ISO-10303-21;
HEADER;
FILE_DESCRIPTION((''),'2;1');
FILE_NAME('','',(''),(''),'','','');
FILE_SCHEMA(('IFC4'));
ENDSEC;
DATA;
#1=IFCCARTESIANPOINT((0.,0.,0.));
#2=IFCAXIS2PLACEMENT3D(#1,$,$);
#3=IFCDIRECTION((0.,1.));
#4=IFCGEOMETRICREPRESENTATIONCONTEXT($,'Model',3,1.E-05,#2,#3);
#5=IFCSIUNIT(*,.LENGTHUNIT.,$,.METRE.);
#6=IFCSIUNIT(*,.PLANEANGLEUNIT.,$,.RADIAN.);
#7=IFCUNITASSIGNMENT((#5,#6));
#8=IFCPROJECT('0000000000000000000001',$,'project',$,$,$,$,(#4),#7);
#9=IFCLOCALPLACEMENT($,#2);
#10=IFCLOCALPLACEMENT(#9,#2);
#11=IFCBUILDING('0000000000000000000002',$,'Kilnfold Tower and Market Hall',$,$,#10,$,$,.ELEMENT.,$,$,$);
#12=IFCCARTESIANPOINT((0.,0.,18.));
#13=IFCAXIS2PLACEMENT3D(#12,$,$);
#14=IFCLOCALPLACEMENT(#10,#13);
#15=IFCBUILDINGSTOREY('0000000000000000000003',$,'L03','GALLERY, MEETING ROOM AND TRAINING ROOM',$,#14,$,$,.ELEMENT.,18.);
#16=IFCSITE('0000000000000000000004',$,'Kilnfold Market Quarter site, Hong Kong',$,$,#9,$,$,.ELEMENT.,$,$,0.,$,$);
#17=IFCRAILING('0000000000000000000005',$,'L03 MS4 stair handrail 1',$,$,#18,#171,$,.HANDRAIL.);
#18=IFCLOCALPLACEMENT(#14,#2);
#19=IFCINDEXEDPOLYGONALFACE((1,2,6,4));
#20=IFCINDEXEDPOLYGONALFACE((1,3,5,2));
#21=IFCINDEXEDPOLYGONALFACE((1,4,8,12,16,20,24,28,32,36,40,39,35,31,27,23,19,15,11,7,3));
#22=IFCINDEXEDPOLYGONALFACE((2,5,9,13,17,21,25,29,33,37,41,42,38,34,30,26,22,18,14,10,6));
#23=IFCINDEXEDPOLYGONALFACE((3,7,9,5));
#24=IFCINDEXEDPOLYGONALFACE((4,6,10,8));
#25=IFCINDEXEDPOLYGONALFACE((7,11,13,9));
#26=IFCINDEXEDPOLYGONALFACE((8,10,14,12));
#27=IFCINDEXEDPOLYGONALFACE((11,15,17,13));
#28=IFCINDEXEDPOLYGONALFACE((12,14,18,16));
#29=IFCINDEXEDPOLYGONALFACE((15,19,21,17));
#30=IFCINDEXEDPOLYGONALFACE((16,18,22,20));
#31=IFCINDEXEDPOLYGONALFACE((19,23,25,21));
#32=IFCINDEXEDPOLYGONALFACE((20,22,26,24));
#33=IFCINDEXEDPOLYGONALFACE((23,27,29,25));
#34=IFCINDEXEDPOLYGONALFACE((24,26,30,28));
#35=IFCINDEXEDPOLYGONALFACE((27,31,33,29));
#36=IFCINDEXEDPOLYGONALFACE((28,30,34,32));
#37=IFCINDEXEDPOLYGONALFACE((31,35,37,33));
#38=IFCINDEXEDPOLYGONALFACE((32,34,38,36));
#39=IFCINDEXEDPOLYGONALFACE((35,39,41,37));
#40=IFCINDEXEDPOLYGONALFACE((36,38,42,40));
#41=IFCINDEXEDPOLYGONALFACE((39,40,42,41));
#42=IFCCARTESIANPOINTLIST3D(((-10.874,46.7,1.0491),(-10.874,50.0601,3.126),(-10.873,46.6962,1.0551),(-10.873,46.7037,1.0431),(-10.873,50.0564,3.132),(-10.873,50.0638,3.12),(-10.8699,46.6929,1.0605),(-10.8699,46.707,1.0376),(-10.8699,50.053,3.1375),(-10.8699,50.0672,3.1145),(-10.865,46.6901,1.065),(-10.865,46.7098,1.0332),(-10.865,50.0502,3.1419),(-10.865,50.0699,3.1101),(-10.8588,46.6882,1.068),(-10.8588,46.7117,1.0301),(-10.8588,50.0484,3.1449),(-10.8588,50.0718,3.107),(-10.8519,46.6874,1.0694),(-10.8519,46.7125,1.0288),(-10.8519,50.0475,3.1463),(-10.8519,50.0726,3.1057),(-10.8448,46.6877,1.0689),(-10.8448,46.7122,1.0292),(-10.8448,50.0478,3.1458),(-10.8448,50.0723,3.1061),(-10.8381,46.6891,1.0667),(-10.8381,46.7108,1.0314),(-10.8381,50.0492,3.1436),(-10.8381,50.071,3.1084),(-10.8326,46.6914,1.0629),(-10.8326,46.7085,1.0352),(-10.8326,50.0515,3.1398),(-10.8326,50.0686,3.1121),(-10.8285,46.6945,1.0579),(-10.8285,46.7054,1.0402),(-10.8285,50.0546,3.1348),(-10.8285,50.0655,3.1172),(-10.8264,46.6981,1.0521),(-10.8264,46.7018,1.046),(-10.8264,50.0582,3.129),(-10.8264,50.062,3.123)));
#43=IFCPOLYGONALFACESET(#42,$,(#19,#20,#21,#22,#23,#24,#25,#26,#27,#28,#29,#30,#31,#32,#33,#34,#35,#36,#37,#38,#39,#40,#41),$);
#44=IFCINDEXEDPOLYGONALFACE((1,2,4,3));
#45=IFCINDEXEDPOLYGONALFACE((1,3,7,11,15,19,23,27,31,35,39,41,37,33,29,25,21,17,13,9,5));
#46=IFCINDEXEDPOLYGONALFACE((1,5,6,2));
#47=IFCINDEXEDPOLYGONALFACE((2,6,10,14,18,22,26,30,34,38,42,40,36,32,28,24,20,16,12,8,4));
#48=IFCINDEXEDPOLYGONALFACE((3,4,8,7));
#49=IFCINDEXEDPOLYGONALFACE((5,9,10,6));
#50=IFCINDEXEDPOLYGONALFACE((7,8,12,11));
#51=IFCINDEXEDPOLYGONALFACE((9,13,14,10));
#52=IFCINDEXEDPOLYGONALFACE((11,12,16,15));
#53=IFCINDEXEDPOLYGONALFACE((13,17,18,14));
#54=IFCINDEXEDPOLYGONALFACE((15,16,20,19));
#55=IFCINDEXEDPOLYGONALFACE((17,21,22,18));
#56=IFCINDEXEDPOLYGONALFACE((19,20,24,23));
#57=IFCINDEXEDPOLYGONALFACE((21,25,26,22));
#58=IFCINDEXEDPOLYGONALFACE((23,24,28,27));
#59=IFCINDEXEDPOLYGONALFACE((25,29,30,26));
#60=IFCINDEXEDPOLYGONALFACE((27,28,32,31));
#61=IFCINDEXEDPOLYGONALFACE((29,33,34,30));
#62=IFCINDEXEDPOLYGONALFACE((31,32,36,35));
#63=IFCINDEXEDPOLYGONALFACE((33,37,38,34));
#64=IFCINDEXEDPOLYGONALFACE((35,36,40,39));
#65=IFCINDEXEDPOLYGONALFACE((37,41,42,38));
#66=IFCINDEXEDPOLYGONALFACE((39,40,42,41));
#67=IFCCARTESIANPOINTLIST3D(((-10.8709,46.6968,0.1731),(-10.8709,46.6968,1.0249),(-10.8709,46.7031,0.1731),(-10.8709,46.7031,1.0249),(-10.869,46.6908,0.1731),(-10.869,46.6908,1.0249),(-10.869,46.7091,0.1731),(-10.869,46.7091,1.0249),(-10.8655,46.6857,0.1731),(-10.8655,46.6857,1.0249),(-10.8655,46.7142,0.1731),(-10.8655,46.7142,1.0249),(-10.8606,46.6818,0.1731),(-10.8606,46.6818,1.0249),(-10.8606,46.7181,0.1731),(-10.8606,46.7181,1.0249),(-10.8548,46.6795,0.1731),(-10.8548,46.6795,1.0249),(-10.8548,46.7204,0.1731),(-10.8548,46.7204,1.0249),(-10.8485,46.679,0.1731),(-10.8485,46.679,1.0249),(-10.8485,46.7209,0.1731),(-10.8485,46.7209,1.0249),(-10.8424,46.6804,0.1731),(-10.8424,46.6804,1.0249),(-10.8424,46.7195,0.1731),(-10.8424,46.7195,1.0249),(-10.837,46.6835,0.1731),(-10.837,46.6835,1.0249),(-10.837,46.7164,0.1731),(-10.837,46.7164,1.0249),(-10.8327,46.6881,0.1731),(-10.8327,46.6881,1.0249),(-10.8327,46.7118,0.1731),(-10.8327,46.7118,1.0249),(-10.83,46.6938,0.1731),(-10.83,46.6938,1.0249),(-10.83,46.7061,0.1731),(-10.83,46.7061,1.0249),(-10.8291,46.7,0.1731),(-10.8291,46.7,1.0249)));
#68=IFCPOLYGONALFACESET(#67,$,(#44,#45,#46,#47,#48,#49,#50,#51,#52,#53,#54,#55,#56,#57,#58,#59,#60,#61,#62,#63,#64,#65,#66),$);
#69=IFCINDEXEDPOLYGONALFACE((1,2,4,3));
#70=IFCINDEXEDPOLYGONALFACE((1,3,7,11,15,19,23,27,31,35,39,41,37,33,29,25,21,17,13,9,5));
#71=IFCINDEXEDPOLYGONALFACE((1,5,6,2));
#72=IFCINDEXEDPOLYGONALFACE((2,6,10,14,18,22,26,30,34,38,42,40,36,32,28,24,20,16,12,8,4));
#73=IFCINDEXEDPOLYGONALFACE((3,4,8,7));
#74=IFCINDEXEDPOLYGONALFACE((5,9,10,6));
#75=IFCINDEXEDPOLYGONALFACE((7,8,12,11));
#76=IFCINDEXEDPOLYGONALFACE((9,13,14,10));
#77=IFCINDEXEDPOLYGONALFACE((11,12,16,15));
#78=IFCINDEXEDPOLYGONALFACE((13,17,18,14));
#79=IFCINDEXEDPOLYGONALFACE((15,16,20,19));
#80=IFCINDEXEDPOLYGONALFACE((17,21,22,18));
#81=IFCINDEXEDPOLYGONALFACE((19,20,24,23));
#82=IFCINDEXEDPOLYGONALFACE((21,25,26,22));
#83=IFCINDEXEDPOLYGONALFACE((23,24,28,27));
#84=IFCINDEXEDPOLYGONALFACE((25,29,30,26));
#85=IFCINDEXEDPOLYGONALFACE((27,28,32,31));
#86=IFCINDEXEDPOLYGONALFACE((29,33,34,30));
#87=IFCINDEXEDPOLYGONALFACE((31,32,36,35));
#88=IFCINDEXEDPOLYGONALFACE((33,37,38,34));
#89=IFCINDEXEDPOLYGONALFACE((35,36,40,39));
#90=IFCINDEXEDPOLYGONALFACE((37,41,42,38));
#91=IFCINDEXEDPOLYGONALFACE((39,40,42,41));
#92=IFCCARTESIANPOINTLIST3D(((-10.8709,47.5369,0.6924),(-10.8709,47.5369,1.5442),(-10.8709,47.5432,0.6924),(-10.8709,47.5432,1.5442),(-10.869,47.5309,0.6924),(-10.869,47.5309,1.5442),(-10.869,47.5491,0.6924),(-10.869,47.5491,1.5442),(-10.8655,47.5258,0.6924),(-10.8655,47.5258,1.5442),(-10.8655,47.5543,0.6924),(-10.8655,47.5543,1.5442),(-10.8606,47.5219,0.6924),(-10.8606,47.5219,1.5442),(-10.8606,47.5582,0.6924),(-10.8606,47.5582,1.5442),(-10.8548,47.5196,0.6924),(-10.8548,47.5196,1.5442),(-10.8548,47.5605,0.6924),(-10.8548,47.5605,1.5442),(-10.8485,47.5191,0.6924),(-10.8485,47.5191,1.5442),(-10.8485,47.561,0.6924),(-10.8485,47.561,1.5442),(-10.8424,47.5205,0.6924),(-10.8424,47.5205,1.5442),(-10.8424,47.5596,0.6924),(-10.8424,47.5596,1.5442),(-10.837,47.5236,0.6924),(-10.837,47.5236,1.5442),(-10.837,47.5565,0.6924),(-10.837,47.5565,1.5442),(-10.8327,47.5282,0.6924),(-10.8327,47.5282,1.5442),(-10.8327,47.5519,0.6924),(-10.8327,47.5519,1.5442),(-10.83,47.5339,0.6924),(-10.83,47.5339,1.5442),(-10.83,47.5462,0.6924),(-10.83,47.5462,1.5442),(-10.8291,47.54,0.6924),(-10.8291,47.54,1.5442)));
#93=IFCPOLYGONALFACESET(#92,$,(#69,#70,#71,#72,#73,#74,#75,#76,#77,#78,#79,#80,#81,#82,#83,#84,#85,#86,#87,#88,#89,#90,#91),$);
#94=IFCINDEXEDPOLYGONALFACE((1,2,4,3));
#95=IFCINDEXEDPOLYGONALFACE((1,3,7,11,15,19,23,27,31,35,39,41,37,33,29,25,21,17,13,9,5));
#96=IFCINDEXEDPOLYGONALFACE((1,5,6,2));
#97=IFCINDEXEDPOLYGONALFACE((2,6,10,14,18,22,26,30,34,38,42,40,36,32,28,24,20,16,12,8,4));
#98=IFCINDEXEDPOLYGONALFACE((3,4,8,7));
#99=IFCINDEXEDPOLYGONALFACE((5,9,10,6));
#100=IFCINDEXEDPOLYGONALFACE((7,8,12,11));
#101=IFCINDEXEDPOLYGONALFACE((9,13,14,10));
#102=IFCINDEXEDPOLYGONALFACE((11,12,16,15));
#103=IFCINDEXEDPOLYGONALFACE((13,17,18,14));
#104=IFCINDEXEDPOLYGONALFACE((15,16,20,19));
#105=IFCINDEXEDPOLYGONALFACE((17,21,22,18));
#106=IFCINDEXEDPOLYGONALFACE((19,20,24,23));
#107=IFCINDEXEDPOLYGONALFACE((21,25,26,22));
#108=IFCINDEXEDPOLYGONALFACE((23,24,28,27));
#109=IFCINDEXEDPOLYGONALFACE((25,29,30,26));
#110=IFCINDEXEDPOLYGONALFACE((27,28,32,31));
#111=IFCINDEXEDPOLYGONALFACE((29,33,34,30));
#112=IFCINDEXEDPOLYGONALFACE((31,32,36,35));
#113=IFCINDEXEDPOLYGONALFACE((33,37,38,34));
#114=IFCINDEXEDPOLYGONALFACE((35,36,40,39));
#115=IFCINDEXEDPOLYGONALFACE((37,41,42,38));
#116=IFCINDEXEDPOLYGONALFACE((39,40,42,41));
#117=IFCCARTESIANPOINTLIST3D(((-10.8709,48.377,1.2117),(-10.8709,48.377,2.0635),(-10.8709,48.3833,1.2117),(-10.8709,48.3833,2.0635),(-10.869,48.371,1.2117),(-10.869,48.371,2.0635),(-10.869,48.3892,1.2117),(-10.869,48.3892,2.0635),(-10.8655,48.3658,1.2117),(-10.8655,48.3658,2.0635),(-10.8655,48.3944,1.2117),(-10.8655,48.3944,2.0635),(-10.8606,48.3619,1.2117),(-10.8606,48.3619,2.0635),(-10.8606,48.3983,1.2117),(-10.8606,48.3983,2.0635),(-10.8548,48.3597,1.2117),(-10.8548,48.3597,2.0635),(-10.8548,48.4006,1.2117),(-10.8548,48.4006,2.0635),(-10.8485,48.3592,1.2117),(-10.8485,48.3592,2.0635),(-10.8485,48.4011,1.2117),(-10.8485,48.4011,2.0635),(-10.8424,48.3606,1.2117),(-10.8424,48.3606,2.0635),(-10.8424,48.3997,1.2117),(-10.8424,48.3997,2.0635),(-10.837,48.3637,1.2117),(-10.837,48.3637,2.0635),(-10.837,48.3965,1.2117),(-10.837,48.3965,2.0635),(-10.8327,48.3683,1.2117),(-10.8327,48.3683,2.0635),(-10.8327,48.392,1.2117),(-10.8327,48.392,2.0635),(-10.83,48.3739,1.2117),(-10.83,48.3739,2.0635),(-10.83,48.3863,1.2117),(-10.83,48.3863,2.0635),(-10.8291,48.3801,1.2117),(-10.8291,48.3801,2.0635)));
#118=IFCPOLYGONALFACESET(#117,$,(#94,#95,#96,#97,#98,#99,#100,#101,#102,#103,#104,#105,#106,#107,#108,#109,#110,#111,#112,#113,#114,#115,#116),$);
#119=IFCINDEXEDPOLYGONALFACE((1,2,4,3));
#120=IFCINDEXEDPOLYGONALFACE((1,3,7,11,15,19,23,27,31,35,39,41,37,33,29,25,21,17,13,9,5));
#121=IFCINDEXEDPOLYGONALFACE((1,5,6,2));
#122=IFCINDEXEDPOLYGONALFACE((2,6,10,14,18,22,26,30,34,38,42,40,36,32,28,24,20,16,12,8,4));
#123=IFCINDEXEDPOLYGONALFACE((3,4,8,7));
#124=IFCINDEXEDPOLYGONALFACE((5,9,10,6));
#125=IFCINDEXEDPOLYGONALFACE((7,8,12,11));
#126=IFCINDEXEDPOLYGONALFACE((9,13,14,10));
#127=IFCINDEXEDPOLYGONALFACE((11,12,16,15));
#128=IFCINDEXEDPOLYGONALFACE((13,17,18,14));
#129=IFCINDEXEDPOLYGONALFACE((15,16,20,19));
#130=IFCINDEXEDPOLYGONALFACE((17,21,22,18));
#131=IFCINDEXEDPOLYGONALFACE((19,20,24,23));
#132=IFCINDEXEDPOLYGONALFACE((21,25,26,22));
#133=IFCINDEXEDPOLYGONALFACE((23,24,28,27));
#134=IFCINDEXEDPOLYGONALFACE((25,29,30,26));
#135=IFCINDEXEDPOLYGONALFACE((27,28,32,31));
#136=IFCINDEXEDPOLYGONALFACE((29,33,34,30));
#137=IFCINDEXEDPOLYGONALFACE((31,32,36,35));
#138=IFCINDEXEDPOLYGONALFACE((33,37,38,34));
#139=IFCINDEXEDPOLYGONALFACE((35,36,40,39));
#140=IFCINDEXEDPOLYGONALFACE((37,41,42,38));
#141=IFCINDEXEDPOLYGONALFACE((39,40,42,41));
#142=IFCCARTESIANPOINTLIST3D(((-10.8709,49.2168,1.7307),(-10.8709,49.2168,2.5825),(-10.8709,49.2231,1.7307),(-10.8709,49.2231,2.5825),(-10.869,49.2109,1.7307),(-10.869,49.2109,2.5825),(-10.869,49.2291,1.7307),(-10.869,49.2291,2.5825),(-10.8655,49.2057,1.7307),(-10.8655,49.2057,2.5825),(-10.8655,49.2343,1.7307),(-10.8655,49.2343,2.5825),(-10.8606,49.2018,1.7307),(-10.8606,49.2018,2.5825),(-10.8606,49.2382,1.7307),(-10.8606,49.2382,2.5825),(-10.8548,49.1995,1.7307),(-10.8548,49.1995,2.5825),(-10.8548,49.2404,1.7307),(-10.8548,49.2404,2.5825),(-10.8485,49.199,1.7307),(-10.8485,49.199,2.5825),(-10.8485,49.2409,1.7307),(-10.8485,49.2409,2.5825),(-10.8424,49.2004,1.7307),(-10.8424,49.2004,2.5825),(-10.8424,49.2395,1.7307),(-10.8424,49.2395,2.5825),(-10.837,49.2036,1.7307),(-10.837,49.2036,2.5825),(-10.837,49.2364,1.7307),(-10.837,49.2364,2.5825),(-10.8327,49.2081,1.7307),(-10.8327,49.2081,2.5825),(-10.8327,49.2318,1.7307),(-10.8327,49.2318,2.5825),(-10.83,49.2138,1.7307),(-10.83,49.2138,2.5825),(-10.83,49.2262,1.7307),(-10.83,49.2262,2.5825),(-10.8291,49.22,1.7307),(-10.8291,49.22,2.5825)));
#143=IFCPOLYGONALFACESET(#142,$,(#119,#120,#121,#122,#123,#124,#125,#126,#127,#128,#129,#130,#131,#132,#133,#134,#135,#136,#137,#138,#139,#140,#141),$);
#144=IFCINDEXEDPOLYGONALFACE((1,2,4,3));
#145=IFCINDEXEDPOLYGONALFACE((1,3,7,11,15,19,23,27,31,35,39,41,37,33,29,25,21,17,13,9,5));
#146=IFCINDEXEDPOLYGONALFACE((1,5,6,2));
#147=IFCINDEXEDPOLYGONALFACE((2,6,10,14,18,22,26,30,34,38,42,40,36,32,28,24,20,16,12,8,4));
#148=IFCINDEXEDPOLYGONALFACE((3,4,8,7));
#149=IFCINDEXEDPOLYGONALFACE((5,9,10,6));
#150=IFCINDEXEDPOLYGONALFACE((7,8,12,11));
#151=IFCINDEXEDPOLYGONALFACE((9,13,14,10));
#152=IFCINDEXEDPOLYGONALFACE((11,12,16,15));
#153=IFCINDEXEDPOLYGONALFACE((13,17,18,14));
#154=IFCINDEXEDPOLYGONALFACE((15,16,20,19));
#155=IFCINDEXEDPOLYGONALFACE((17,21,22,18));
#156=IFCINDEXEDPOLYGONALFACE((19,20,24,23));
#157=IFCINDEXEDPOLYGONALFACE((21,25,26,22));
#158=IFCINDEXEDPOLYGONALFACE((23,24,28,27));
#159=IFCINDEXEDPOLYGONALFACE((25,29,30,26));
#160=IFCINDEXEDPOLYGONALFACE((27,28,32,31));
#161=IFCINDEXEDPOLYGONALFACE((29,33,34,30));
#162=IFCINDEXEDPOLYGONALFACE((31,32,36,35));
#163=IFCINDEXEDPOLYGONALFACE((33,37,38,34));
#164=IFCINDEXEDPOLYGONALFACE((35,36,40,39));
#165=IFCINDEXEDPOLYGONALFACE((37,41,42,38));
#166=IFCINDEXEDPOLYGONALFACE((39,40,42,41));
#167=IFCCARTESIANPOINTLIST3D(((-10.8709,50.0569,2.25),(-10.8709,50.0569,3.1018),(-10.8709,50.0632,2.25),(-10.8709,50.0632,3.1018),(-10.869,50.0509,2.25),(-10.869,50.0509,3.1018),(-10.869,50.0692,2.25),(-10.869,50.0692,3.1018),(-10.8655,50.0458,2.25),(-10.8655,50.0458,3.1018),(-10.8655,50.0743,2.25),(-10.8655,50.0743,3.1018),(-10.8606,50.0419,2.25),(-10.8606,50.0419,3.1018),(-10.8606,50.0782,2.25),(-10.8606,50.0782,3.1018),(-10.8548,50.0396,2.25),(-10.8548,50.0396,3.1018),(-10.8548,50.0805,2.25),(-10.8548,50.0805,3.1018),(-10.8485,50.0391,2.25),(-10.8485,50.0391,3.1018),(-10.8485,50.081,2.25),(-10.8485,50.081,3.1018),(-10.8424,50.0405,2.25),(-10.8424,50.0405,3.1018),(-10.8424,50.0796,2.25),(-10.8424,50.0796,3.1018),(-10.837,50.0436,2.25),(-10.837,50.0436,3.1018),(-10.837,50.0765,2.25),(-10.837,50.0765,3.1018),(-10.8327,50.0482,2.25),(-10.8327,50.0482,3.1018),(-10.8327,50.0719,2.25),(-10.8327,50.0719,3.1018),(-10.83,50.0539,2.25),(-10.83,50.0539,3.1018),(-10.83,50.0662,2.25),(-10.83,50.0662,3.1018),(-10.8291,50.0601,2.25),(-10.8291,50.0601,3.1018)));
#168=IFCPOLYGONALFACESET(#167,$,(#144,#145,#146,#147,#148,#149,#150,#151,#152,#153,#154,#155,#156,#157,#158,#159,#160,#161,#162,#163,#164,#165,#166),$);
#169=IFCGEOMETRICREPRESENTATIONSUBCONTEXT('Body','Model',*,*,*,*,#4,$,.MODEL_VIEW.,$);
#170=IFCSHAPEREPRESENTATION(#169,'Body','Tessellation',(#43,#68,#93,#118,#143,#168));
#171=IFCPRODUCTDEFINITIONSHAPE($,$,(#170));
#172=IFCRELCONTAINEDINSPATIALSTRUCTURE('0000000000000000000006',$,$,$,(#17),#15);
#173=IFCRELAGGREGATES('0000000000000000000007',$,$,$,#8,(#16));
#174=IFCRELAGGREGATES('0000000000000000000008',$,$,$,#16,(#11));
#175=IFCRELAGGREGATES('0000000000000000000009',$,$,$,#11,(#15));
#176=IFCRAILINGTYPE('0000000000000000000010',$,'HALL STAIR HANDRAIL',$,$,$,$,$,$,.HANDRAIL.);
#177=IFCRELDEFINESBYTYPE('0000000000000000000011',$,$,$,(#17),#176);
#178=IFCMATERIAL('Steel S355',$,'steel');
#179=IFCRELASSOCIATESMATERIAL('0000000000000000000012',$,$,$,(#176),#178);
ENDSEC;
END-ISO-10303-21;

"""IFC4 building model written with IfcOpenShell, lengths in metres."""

from ifc_helpers import new_model, si_unit, direction, frame, origin, origin_2d, place, context, subcontext, project, spatial, circle, extrude, material, type_object, element, save


model = new_model("IFC4")

# Units and contexts
model_context = context("Model", 3, precision=1e-05, world=origin(), true_north=direction((0.0, 1.0)))
body_context = subcontext(model_context, "Body", "Model", "MODEL_VIEW")
ifc_project = project(units=[si_unit("LENGTHUNIT", "METRE"), si_unit("PLANEANGLEUNIT", "RADIAN")], contexts=[model_context])

# Site, building, storey
site_placement = place(None, origin())
site = spatial("IfcSite", under=ifc_project, at=site_placement, Name="Kilnfold Market Quarter site, Hong Kong", CompositionType="ELEMENT", RefElevation=0.0)
building_placement = place(site_placement, origin())
building = spatial("IfcBuilding", under=site, at=building_placement, Name="Kilnfold Tower and Market Hall", CompositionType="ELEMENT")
storey_placement = place(building_placement, frame((0.0, 0.0, 18.0)))
storey = spatial("IfcBuildingStorey", under=building, at=storey_placement, Name="L03", Description="GALLERY, MEETING ROOM AND TRAINING ROOM", CompositionType="ELEMENT", Elevation=18.0)

# Railing
ifc_material_1 = material(Name="Steel S355", Category="steel")
railing_type_1 = type_object("IfcRailingType", Name="HALL STAIR HANDRAIL", PredefinedType="HANDRAIL", material=ifc_material_1)
railing_1_placement = place(storey_placement, frame((-10.8501, 46.7, 0.1731)))
element("IfcRailing", 1, at=railing_1_placement, inside=storey, type_object=railing_type_1, Name="L03 MS4 stair handrail 1", PredefinedType="HANDRAIL", context=body_context, shape_type="SweptSolid", body=[
    extrude(circle(Radius=0.0239, at=origin_2d()), frame((0.0, 0.0, 0.876), z_axis=(0.0, 0.850623, 0.525776), x_axis=(-1.0, 0.0, 0.0)), (0.0, 0.0, 1.0), 3.9502),
    extrude(circle(Radius=0.021, at=origin_2d()), origin(), (0.0, 0.0, 1.0), 0.8518),
    extrude(circle(Radius=0.021, at=origin_2d()), frame((0.0, 0.8401, 0.5193)), (0.0, 0.0, 1.0), 0.8518),
    extrude(circle(Radius=0.021, at=origin_2d()), frame((0.0, 1.6802, 1.0386)), (0.0, 0.0, 1.0), 0.8518),
    extrude(circle(Radius=0.021, at=origin_2d()), frame((0.0, 2.52, 1.5576)), (0.0, 0.0, 1.0), 0.8518),
    extrude(circle(Radius=0.021, at=origin_2d()), frame((0.0, 3.3601, 2.0769)), (0.0, 0.0, 1.0), 0.8518),
])

save(model, "model.ifc")
